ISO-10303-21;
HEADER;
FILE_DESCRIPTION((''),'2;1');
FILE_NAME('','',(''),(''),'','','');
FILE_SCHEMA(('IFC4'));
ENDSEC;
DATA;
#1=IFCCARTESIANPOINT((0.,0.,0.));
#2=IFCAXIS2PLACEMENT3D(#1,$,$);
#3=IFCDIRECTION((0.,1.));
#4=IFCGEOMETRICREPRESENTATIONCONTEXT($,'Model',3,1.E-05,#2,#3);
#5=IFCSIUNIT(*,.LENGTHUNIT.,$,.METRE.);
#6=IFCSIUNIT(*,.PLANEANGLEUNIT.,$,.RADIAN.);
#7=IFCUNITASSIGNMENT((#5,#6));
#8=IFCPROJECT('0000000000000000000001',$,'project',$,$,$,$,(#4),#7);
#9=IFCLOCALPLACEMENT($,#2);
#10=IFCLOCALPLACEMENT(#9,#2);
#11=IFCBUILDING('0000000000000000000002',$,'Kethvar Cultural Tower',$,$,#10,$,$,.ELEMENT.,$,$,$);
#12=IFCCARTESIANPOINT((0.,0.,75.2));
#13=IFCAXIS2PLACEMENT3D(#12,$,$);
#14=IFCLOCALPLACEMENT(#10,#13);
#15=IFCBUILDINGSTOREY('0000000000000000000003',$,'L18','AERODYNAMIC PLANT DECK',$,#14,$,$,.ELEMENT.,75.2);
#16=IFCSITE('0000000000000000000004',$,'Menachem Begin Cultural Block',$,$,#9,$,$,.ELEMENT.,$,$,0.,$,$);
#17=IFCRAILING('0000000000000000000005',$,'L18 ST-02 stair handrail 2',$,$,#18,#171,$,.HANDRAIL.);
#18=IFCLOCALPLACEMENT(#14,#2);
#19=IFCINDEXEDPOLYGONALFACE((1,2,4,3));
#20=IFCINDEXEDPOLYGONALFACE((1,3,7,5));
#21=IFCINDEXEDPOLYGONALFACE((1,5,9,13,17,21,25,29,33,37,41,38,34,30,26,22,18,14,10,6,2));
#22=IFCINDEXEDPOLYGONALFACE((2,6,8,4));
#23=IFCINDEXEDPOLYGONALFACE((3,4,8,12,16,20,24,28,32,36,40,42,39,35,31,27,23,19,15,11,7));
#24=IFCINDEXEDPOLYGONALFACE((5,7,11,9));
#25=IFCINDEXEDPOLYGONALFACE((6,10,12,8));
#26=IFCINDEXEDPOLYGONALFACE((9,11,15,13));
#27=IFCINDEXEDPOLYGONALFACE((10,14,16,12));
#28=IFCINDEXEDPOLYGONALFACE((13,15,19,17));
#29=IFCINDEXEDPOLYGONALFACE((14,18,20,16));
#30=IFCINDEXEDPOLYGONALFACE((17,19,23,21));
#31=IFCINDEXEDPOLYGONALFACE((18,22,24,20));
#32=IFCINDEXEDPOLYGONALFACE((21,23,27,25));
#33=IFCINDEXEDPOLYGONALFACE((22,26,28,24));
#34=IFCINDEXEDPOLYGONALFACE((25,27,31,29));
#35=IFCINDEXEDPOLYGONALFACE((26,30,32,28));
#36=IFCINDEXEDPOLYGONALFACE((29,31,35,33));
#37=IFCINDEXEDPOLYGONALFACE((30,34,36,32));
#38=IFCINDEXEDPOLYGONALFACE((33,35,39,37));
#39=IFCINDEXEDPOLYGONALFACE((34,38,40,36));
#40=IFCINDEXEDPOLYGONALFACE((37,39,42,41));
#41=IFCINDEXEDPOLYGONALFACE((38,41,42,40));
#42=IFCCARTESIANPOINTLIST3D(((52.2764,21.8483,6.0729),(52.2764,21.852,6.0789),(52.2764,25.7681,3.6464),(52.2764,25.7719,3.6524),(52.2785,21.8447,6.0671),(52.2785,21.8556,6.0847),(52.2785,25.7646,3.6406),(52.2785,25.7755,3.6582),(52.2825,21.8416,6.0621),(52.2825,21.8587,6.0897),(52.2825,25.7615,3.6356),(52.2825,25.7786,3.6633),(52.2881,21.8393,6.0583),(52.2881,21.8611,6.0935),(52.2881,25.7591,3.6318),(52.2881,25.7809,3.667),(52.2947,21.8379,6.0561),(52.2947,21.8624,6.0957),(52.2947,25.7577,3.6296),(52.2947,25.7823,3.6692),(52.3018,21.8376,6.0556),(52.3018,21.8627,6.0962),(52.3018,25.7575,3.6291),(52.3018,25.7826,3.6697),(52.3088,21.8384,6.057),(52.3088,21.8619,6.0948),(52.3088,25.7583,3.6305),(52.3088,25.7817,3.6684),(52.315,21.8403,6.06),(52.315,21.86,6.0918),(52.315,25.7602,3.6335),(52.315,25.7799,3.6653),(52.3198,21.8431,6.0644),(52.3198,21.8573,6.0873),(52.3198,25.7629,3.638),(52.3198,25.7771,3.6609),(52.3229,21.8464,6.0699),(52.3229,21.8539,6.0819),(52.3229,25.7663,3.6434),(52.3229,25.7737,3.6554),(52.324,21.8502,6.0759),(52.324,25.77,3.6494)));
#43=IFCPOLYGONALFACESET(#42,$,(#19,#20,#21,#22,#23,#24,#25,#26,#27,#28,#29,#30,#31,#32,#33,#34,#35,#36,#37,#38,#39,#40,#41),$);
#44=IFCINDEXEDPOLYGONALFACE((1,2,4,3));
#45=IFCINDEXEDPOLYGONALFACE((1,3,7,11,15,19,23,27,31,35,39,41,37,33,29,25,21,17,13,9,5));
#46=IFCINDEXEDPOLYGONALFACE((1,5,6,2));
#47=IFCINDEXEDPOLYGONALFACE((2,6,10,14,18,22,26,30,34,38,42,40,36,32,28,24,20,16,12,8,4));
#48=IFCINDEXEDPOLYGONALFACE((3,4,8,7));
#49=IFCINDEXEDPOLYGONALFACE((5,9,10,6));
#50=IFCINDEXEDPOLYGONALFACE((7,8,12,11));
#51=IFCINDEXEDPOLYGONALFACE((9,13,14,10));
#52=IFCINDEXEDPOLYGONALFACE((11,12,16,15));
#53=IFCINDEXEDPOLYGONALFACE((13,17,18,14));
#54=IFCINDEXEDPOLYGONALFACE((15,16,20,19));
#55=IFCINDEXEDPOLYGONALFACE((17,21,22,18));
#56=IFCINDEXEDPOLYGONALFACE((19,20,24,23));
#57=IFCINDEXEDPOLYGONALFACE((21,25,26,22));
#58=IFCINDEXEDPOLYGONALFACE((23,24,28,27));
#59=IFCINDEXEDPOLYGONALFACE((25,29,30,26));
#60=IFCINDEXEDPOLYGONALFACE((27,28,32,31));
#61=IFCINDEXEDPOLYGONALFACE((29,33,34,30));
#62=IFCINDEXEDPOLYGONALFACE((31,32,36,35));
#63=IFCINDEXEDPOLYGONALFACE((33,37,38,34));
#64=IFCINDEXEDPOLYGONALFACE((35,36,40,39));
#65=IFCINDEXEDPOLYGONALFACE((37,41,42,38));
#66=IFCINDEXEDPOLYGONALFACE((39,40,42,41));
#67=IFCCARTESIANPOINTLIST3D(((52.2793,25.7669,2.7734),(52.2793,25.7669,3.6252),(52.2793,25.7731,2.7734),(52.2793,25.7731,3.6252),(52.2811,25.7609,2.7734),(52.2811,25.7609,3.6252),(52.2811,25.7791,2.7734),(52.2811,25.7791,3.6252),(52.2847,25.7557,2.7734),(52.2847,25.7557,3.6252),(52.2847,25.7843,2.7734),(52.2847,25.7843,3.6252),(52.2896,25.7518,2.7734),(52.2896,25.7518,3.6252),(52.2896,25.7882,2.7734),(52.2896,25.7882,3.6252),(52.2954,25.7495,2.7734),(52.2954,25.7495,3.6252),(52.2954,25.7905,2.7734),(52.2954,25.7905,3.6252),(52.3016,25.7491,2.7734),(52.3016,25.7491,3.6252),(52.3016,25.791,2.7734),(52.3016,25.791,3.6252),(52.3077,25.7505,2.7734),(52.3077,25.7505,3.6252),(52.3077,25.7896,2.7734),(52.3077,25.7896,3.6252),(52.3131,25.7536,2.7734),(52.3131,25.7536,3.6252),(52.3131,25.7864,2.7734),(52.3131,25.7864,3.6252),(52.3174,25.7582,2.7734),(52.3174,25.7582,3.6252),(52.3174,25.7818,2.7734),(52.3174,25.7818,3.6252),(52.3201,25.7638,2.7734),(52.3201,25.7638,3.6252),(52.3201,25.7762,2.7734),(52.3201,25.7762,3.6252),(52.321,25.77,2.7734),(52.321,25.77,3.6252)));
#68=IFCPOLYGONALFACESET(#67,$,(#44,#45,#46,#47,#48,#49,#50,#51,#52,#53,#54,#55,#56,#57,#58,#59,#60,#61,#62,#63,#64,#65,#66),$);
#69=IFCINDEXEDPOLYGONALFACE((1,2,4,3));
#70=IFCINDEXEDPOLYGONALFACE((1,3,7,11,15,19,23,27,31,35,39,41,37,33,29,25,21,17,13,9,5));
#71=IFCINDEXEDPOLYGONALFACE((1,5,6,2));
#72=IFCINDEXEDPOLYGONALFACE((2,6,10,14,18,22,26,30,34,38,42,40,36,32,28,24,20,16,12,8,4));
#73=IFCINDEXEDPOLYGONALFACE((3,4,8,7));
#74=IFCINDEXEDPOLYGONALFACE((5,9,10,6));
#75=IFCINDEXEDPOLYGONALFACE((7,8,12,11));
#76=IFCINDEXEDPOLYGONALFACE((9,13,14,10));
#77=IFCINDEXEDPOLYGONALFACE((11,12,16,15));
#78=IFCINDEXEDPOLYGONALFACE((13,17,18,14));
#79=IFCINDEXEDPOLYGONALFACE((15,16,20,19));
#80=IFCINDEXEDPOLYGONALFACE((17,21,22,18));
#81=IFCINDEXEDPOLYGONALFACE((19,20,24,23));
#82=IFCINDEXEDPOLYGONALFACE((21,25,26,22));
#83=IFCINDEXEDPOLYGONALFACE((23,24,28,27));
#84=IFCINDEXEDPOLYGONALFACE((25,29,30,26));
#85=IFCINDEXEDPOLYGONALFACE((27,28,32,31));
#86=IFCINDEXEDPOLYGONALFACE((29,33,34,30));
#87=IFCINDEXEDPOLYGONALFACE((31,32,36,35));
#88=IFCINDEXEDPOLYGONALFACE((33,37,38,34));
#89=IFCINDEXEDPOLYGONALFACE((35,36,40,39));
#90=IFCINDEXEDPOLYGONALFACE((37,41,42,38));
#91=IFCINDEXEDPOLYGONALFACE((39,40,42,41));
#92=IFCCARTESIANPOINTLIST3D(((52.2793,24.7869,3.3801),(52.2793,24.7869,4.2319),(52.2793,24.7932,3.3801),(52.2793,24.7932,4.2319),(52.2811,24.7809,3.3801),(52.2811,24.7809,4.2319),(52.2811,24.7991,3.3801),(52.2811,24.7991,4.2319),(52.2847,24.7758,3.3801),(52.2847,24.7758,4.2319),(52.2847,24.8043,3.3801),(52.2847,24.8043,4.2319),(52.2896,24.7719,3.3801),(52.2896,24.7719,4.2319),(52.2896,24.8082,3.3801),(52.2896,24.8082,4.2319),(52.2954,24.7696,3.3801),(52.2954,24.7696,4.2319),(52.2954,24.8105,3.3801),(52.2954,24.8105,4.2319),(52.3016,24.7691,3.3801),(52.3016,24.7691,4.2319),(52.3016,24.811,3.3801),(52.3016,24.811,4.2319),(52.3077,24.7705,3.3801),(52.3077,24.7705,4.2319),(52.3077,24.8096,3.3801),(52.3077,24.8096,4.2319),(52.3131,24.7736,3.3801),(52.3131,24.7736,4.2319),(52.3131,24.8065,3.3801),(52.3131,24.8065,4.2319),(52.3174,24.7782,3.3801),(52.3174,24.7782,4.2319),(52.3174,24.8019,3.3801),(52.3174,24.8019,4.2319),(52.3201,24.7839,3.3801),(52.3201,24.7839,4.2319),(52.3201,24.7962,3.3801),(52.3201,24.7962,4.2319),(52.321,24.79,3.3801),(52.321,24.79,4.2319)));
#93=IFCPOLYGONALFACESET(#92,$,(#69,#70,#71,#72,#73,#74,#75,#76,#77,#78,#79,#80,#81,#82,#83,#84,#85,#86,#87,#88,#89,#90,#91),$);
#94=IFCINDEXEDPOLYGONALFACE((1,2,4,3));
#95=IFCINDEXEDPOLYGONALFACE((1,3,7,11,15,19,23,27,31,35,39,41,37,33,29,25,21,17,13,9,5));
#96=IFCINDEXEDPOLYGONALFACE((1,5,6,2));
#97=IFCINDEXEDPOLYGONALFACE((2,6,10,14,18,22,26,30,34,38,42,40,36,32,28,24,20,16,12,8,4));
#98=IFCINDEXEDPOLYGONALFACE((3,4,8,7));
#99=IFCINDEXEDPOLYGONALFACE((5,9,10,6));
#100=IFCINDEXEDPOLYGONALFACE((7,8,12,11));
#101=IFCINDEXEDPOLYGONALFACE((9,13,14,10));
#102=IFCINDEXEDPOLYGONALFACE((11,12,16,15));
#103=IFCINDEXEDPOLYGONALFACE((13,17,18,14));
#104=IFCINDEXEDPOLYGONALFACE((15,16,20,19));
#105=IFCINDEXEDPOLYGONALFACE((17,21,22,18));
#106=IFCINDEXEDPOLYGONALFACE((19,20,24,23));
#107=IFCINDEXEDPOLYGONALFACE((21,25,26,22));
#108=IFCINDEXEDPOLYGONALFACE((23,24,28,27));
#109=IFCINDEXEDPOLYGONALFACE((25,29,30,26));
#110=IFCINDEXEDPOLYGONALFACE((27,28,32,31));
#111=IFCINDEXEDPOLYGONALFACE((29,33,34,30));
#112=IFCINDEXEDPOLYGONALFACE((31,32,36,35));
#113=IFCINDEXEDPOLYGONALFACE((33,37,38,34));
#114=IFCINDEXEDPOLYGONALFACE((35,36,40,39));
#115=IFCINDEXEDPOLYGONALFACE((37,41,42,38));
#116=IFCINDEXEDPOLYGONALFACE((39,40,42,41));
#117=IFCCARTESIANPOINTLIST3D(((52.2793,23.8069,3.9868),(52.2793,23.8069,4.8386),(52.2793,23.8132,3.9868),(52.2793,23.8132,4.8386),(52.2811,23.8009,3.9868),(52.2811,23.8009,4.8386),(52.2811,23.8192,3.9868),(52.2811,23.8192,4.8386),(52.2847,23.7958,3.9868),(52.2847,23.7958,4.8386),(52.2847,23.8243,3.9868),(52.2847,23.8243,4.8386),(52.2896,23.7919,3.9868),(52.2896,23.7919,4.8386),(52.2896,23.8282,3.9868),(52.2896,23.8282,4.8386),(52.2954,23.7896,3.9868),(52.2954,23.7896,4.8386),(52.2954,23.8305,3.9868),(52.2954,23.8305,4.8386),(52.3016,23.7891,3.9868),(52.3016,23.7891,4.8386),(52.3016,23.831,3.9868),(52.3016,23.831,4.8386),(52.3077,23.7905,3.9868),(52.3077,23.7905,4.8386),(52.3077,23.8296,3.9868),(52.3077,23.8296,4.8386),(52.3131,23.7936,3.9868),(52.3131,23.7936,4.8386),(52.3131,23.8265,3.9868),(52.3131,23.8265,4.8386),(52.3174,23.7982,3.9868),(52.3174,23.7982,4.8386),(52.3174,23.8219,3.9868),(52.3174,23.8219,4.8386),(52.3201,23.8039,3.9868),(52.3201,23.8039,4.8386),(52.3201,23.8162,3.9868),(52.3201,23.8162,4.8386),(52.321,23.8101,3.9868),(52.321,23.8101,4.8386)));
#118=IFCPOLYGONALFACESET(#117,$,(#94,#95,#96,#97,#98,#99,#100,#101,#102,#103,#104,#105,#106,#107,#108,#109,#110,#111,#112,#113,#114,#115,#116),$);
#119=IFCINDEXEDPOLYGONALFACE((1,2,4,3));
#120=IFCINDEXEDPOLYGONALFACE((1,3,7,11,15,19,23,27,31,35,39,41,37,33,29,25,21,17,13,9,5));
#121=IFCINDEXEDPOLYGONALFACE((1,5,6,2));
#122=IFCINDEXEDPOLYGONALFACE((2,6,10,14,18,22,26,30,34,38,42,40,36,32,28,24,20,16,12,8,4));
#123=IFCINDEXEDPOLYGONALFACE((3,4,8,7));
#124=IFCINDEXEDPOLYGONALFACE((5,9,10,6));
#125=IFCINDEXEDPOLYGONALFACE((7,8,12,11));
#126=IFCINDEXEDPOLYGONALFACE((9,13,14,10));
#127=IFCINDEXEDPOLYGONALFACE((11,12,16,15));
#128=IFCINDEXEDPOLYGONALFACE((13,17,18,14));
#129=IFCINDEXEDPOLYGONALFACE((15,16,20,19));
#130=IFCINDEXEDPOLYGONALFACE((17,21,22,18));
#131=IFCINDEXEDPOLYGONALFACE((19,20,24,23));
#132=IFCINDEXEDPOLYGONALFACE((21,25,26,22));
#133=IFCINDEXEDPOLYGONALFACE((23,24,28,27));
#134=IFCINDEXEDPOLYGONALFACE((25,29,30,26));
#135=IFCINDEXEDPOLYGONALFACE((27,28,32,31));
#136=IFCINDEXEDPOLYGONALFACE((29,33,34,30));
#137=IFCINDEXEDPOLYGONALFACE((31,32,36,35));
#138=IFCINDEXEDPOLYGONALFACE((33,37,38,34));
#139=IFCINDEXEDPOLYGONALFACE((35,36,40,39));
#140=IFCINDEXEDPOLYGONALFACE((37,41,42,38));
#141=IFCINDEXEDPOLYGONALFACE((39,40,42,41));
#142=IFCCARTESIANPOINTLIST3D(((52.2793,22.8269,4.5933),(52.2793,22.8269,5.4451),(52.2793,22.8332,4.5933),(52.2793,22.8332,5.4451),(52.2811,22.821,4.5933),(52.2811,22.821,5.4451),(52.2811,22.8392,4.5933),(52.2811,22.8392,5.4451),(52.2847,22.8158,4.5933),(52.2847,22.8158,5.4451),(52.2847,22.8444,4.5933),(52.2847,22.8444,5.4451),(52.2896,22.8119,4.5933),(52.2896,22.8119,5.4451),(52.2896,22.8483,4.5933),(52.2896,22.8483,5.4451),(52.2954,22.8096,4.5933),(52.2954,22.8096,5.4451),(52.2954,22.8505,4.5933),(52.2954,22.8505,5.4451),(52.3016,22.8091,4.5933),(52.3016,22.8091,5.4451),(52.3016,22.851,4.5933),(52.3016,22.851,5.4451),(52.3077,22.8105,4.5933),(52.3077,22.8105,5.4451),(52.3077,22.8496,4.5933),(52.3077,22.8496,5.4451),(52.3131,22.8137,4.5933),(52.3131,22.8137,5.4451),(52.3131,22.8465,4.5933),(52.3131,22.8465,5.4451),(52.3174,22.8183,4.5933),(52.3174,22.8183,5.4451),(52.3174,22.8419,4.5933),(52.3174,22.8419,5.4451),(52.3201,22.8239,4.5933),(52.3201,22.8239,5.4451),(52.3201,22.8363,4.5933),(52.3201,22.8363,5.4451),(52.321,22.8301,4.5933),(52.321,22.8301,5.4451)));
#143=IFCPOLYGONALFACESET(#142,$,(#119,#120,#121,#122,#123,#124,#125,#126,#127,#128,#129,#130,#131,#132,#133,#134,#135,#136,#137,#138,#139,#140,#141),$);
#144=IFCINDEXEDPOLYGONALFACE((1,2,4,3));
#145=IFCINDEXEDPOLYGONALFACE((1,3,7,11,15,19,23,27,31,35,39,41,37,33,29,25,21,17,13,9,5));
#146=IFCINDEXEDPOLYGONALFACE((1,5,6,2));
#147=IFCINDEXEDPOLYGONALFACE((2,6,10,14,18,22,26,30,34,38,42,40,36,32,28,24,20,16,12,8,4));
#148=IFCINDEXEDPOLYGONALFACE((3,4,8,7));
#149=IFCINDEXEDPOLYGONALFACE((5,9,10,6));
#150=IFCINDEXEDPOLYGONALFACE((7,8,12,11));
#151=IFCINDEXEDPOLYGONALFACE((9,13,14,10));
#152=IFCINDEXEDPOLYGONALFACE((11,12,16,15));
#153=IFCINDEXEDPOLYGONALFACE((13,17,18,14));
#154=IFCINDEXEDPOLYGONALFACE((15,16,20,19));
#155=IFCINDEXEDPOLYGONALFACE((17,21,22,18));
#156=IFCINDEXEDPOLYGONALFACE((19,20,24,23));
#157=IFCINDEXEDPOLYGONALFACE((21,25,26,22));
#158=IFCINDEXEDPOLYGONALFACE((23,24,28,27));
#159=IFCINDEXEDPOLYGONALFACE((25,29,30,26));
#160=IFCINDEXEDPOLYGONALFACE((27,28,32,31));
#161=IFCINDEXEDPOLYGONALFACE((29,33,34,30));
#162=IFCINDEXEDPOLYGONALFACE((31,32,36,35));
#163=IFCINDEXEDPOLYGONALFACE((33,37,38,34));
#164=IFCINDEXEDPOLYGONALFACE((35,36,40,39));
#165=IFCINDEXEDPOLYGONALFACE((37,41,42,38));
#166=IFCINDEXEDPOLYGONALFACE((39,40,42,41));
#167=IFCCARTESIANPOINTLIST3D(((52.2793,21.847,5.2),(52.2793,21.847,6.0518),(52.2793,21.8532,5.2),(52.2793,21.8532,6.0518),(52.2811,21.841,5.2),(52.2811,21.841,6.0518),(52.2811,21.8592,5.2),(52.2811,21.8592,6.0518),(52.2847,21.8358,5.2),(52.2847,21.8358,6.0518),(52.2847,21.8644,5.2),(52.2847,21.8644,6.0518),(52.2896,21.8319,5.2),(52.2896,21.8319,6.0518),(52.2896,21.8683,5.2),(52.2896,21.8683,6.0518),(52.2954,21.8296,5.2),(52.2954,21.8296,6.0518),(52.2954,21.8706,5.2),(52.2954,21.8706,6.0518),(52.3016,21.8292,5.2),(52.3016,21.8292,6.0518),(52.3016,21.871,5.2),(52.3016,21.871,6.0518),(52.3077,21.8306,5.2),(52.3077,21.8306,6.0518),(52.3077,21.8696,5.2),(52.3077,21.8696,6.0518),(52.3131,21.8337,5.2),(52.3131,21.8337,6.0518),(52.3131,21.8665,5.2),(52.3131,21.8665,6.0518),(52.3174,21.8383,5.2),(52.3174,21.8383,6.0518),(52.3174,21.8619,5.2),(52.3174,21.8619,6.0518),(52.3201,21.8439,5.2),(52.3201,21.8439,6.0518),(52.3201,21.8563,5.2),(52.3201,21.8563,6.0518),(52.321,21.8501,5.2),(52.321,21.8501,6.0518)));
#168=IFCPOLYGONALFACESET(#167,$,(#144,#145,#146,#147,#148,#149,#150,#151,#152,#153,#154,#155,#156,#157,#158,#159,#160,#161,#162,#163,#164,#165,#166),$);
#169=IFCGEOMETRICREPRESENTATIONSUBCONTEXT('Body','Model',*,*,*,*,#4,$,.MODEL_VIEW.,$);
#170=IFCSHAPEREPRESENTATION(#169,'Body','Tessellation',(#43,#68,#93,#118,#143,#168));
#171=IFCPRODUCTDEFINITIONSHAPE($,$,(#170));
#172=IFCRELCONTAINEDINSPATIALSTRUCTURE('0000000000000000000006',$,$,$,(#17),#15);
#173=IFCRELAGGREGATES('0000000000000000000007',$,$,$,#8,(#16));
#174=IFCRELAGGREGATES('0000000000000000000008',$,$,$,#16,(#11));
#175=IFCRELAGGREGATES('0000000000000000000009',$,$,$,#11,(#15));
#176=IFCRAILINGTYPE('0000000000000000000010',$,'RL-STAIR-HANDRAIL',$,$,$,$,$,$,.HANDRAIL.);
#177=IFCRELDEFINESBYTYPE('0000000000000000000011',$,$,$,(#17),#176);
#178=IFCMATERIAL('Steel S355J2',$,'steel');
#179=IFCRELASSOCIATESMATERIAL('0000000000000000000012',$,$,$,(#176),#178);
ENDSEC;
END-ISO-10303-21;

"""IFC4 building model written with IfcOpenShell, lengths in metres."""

from ifc_helpers import new_model, si_unit, direction, frame, origin, origin_2d, place, context, subcontext, project, spatial, circle, extrude, material, type_object, element, save


model = new_model("IFC4")

# Units and contexts
model_context = context("Model", 3, precision=1e-05, world=origin(), true_north=direction((0.0, 1.0)))
body_context = subcontext(model_context, "Body", "Model", "MODEL_VIEW")
ifc_project = project(units=[si_unit("LENGTHUNIT", "METRE"), si_unit("PLANEANGLEUNIT", "RADIAN")], contexts=[model_context])

# Site, building, storey
site_placement = place(None, origin())
site = spatial("IfcSite", under=ifc_project, at=site_placement, Name="Menachem Begin Cultural Block", CompositionType="ELEMENT", RefElevation=0.0)
building_placement = place(site_placement, origin())
building = spatial("IfcBuilding", under=site, at=building_placement, Name="Kethvar Cultural Tower", CompositionType="ELEMENT")
storey_placement = place(building_placement, frame((0.0, 0.0, 75.2)))
storey = spatial("IfcBuildingStorey", under=building, at=storey_placement, Name="L18", Description="AERODYNAMIC PLANT DECK", CompositionType="ELEMENT", Elevation=75.2)

# Shared definitions
ifc_material_1 = material(Name="Steel S355J2", Category="steel")

# Railing
railing_type_1 = type_object("IfcRailingType", Name="RL-STAIR-HANDRAIL", PredefinedType="HANDRAIL", material=ifc_material_1)
railing_1_placement = place(storey_placement, frame((52.3, 25.77, 2.7734)))
element("IfcRailing", 1, at=railing_1_placement, inside=storey, type_object=railing_type_1, Name="L18 ST-02 stair handrail 2", PredefinedType="HANDRAIL", context=body_context, shape_type="SweptSolid", body=[
    extrude(circle(Radius=0.0239, at=origin_2d()), frame((0.0, 0.0, 0.876), z_axis=(0.0, -0.850275, 0.526338), x_axis=(1.0, 0.0, 0.0)), (0.0, 0.0, 1.0), 4.6101),
    extrude(circle(Radius=0.021, at=origin_2d()), origin(), (0.0, 0.0, 1.0), 0.8518),
    extrude(circle(Radius=0.021, at=origin_2d()), frame((0.0, -0.98, 0.6067)), (0.0, 0.0, 1.0), 0.8518),
    extrude(circle(Radius=0.021, at=origin_2d()), frame((0.0, -1.96, 1.2134)), (0.0, 0.0, 1.0), 0.8518),
    extrude(circle(Radius=0.021, at=origin_2d()), frame((0.0, -2.9399, 1.8198)), (0.0, 0.0, 1.0), 0.8518),
    extrude(circle(Radius=0.021, at=origin_2d()), frame((0.0, -3.9199, 2.4265)), (0.0, 0.0, 1.0), 0.8518),
])

save(model, "model.ifc")
